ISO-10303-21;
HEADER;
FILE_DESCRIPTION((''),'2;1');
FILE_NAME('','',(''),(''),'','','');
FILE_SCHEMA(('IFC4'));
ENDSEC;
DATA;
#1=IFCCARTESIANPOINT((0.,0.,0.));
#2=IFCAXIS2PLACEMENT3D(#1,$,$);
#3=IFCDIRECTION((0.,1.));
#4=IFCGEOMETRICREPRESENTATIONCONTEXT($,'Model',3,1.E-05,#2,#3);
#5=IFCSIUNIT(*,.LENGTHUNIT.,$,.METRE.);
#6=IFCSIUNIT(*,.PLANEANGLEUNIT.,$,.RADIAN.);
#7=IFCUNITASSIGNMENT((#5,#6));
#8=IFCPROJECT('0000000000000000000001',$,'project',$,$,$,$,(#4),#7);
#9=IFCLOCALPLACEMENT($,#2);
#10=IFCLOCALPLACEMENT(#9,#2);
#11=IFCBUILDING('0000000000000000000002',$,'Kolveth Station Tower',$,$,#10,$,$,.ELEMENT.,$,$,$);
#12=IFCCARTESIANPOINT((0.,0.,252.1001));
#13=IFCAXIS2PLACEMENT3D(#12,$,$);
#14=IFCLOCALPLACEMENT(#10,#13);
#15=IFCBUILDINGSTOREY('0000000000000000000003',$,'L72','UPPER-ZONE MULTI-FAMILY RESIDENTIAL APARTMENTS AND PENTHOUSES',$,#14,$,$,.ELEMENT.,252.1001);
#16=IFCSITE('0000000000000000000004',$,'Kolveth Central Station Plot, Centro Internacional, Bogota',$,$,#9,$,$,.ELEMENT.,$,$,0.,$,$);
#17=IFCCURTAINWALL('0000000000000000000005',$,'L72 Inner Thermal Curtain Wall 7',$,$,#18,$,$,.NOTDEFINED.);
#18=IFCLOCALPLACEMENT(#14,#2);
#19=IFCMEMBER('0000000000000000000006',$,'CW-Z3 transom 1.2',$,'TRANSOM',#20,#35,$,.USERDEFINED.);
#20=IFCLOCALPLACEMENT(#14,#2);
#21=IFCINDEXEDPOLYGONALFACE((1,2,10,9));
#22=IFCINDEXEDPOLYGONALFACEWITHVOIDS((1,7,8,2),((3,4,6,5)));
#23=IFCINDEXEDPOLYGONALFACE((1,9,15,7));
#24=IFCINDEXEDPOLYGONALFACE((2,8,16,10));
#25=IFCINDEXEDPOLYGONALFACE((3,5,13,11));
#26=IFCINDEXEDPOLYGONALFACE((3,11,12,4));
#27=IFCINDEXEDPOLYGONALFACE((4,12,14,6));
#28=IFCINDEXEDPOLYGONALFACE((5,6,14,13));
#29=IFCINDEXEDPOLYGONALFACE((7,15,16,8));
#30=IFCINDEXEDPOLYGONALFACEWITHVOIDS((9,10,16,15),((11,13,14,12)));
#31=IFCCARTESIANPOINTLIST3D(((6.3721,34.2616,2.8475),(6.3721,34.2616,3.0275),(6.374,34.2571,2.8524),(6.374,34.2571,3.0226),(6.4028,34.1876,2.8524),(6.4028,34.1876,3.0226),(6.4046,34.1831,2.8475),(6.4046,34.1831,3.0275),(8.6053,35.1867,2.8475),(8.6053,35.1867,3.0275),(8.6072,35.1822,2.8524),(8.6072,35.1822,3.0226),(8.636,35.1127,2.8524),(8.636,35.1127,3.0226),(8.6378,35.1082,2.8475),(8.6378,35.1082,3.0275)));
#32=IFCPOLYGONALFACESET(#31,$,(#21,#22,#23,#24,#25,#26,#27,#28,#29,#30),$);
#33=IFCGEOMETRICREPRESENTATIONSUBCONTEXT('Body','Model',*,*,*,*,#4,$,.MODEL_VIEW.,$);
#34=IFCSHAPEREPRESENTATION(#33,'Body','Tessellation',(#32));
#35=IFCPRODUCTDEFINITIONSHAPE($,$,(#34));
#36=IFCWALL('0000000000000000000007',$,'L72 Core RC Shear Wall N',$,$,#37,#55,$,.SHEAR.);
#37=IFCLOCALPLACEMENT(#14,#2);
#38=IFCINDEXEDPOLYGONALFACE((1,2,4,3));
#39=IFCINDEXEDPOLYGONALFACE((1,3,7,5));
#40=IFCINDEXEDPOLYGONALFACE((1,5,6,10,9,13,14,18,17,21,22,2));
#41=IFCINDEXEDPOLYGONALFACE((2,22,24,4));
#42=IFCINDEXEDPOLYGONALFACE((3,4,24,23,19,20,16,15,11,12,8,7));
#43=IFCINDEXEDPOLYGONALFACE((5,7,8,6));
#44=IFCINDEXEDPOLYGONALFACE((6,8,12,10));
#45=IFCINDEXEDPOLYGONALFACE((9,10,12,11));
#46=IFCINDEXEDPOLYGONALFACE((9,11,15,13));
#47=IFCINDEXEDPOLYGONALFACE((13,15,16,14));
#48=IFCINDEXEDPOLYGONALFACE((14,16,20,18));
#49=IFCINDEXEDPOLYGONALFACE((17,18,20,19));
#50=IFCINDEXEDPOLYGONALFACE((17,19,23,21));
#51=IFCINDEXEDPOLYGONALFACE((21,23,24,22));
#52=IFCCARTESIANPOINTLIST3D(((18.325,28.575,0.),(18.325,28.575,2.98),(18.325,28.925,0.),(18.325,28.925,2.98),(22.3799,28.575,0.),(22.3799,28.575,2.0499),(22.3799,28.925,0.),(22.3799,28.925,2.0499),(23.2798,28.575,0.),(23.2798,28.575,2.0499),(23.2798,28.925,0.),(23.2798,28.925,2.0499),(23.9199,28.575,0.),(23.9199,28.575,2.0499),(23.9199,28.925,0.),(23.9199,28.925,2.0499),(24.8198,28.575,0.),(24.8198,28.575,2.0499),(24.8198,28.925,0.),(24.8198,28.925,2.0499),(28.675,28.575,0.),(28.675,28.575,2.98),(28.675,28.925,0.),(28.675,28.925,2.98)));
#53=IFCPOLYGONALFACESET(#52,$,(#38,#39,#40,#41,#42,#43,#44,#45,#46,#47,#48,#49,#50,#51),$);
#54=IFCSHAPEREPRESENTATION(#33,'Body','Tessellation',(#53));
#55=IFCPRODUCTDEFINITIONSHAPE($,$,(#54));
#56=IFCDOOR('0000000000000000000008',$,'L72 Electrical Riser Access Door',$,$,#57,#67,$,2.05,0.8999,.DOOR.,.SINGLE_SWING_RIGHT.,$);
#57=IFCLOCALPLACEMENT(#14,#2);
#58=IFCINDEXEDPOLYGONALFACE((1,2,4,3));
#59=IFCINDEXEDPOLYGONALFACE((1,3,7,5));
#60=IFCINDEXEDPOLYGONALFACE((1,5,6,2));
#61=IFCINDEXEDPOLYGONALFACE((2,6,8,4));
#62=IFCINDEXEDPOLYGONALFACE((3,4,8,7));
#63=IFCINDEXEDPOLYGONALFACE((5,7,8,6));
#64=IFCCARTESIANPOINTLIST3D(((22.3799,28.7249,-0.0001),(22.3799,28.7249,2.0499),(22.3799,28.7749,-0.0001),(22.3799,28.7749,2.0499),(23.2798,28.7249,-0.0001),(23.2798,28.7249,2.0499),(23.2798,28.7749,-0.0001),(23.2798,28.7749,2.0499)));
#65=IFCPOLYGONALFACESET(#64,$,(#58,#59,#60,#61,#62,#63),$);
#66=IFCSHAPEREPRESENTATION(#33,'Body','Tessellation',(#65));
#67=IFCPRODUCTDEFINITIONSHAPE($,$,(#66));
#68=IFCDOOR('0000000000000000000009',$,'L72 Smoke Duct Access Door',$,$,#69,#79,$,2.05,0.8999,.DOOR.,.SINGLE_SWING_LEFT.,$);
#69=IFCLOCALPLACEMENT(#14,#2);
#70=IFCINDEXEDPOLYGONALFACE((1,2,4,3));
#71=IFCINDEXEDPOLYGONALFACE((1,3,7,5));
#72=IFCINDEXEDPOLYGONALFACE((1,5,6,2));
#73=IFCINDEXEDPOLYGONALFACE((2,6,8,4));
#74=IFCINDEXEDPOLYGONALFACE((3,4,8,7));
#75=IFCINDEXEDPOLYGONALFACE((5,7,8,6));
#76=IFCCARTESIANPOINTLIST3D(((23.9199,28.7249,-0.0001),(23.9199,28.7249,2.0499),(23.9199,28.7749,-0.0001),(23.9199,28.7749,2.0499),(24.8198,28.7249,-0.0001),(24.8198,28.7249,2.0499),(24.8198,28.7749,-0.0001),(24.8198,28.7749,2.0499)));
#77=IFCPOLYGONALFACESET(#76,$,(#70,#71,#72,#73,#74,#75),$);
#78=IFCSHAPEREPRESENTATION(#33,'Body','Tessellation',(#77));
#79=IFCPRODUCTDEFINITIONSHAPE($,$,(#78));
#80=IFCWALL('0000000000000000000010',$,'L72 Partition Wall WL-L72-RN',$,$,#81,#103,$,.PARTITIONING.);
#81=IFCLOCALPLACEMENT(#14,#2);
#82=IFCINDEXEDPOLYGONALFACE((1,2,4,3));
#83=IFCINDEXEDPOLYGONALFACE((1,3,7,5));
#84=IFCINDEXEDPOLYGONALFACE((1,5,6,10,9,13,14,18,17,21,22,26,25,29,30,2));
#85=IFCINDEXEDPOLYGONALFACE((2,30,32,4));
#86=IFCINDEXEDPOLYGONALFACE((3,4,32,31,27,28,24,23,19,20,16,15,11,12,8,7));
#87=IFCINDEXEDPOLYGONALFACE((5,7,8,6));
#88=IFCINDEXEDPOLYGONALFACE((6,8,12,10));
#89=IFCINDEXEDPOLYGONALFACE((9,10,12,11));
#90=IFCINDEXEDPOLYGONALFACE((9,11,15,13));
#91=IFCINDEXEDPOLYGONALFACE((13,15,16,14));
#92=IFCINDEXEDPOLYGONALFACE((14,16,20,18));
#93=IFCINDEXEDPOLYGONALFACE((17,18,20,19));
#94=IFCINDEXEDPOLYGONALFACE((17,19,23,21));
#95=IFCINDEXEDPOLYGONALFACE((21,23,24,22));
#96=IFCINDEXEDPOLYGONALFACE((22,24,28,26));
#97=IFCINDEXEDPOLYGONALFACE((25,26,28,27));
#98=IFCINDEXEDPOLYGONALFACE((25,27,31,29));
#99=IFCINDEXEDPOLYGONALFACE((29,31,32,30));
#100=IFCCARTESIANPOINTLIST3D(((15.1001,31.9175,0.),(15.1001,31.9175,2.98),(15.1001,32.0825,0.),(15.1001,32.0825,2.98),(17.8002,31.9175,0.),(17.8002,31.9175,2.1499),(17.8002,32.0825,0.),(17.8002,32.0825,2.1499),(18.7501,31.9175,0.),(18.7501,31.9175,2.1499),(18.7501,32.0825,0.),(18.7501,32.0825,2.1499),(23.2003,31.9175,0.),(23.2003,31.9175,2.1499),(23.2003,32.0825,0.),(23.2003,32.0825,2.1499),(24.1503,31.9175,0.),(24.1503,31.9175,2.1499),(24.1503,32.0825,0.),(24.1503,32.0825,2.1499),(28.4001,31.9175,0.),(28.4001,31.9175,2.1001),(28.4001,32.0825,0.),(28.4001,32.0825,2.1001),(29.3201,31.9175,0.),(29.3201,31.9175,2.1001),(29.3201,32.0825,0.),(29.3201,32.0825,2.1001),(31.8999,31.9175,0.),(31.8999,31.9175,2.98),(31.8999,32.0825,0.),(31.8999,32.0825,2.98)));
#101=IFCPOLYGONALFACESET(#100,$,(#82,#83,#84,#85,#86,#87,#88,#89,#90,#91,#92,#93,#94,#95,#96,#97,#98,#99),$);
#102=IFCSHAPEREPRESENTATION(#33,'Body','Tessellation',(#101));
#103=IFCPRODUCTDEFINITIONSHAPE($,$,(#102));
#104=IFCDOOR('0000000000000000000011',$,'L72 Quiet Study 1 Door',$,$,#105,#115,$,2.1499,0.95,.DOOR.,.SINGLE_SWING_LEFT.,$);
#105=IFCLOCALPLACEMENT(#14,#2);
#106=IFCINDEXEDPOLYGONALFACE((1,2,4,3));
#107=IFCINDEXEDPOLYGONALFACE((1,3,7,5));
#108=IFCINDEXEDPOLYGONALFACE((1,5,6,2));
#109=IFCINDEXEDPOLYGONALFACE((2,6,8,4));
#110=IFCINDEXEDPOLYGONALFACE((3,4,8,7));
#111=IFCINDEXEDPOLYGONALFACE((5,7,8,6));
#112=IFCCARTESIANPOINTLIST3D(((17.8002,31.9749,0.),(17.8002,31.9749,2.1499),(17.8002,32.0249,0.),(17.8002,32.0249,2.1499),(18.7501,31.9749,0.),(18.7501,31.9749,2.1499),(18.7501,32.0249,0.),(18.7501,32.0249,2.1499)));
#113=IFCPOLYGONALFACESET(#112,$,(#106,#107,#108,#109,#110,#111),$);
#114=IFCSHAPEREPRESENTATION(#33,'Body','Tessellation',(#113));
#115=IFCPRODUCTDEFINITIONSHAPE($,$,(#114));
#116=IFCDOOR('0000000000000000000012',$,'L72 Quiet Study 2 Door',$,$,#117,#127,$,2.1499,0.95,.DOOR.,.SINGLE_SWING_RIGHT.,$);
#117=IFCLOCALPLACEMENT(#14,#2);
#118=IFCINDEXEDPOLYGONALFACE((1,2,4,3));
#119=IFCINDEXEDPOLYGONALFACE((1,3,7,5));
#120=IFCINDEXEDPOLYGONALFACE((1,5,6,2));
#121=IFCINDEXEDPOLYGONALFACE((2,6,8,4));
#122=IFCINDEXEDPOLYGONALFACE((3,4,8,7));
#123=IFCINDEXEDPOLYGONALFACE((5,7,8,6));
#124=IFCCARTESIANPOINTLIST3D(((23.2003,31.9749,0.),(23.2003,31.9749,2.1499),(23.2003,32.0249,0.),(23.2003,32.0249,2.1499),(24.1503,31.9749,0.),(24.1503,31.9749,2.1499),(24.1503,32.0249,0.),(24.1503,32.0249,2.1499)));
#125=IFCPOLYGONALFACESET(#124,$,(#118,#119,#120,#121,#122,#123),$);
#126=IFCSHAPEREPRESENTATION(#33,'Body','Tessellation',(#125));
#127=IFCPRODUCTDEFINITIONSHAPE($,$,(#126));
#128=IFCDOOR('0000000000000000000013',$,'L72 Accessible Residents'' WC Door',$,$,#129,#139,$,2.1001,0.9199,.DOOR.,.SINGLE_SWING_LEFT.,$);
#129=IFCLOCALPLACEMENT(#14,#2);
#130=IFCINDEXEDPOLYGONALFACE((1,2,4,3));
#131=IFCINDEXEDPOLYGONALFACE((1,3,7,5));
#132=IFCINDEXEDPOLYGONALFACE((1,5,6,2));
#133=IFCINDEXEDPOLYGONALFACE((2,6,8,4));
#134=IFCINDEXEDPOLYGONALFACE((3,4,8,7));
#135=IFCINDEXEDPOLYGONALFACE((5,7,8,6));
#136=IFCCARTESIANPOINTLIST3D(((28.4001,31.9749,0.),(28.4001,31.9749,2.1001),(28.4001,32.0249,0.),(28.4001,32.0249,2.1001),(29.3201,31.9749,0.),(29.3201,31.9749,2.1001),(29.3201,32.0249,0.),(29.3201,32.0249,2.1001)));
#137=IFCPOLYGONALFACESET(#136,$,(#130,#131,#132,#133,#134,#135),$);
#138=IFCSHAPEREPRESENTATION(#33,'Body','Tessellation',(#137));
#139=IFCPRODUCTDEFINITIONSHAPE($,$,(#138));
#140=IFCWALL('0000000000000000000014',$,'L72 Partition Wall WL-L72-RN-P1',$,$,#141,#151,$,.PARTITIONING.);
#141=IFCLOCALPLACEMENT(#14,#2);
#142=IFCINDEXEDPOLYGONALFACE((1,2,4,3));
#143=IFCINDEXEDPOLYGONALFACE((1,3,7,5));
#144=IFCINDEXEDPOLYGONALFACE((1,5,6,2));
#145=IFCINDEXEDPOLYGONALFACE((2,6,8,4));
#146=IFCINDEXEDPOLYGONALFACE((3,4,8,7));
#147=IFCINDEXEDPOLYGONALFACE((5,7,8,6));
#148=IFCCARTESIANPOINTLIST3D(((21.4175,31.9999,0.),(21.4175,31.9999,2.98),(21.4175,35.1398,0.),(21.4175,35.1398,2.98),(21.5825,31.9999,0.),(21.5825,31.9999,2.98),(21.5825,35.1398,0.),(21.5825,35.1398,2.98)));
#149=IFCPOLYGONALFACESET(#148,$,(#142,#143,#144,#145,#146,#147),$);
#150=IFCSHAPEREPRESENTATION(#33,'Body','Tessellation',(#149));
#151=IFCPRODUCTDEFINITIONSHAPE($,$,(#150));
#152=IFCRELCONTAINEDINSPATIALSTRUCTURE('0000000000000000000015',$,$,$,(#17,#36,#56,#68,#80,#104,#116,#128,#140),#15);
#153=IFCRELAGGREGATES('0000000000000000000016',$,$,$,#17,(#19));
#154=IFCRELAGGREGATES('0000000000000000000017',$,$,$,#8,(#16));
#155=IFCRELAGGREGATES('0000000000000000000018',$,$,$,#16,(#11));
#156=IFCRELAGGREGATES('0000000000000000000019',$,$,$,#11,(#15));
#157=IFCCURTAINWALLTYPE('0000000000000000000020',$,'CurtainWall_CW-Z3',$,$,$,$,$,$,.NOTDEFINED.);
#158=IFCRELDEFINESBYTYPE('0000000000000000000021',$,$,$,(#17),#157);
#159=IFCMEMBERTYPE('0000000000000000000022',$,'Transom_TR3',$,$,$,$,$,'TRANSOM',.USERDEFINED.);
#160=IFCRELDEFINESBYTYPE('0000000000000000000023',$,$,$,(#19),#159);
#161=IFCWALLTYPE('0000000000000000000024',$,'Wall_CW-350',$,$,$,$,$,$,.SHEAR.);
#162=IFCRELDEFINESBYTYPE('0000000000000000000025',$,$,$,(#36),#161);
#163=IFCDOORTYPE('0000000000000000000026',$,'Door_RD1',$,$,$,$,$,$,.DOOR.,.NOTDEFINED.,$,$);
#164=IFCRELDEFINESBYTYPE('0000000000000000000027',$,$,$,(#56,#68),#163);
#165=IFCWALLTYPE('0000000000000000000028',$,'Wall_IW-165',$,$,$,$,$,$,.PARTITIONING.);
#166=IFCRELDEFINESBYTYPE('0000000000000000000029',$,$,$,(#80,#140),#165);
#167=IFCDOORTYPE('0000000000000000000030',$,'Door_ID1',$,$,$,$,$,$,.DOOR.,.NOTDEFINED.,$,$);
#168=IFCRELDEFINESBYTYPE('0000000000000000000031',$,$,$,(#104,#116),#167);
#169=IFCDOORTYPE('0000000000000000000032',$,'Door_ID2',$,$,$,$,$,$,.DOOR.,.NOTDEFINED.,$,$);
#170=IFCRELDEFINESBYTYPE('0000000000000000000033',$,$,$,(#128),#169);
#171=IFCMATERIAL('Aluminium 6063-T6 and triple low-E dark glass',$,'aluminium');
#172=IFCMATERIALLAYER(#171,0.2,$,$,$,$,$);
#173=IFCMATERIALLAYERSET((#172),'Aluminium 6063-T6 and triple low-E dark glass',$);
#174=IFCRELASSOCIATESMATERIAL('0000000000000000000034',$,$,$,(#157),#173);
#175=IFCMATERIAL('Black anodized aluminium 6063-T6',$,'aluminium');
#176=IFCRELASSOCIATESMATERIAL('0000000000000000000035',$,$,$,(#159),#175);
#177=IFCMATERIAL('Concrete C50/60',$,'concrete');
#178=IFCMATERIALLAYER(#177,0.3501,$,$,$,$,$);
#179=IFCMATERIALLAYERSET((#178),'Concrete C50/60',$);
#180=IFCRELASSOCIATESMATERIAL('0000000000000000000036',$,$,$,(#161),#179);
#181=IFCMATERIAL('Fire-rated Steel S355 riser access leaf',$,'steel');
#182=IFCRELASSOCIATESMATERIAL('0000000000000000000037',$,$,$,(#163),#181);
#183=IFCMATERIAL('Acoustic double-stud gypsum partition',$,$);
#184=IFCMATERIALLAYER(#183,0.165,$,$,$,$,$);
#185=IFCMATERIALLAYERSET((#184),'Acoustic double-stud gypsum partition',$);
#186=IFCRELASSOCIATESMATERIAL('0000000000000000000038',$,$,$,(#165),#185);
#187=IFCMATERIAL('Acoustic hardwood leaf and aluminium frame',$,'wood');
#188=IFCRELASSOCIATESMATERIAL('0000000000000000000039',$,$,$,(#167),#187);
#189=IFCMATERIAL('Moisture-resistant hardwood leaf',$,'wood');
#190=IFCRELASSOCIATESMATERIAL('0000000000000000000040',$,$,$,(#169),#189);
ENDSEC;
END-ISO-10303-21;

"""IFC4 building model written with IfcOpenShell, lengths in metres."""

from ifc_helpers import new_model, si_unit, direction, frame, frame_2d, origin, origin_2d, place, context, subcontext, project, spatial, rectangle, hollow_rectangle, extrude, source, transform, mapped, material, layer, layer_set, material_profile, profile_set, type_object, element, fill, aggregate, save


model = new_model("IFC4")

# Units and contexts
model_context = context("Model", 3, precision=1e-05, world=origin(), true_north=direction((0.0, 1.0)))
body_context = subcontext(model_context, "Body", "Model", "MODEL_VIEW")
ifc_project = project(units=[si_unit("LENGTHUNIT", "METRE"), si_unit("PLANEANGLEUNIT", "RADIAN")], contexts=[model_context])

# Site, building, storey
site_placement = place(None, origin())
site = spatial("IfcSite", under=ifc_project, at=site_placement, Name="Kolveth Central Station Plot, Centro Internacional, Bogota", CompositionType="ELEMENT", RefElevation=0.0)
building_placement = place(site_placement, origin())
building = spatial("IfcBuilding", under=site, at=building_placement, Name="Kolveth Station Tower", CompositionType="ELEMENT")
storey_placement = place(building_placement, frame((0.0, 0.0, 252.1001)))
storey = spatial("IfcBuildingStorey", under=building, at=storey_placement, Name="L72", Description="UPPER-ZONE MULTI-FAMILY RESIDENTIAL APARTMENTS AND PENTHOUSES", CompositionType="ELEMENT", Elevation=252.1001)

# Shared definitions
ifc_material_1 = material(Name="Black anodized aluminium 6063-T6", Category="aluminium")
ifc_material_2 = material(Name="Aluminium 6063-T6 and triple low-E dark glass", Category="aluminium")
ifc_layer_1 = layer(ifc_material_2, 0.2)
ifc_layer_set_1 = layer_set([ifc_layer_1], Name="Aluminium 6063-T6 and triple low-E dark glass")
curtain_wall_type_1 = type_object("IfcCurtainWallType", Name="CurtainWall_CW-Z3", PredefinedType="NOTDEFINED", material=ifc_layer_set_1)

# Curtain wall, member
curtain_wall_1_placement = place(storey_placement, origin())
curtain_wall_1 = element("IfcCurtainWall", 1, at=curtain_wall_1_placement, inside=storey, type_object=curtain_wall_type_1, Name="L72 Inner Thermal Curtain Wall 7", PredefinedType="NOTDEFINED")
ifc_material_profile_1 = material_profile(ifc_material_1, hollow_rectangle(XDim=0.085, YDim=0.1799, WallThickness=0.0049, at=origin_2d()), Name="ALU-85x180x5")
ifc_profile_set_1 = profile_set([ifc_material_profile_1], Name="Black anodized aluminium 6063-T6")
member_type_1 = type_object("IfcMemberType", Name="Transom_TR3", ElementType="TRANSOM", PredefinedType="USERDEFINED", material=ifc_profile_set_1)
shared_shape_1 = source(origin(), body_context, "Body", "SweptSolid", [
    extrude(hollow_rectangle(XDim=0.085, YDim=0.1799, WallThickness=0.0049, at=origin_2d()), origin(), (0.0, 0.0, 1.0), 2.4172),
])
member_1_placement = place(storey_placement, frame((8.6216, 35.1475, 2.9375), z_axis=(-0.923873, -0.3827, 0.0), x_axis=(0.3827, -0.923873, 0.0)))
member_1 = element("IfcMember", 2, at=member_1_placement, type_object=member_type_1, Name="CW-Z3 transom 1.2", ObjectType="TRANSOM", PredefinedType="USERDEFINED", context=body_context, shape_type="MappedRepresentation", body=[
    mapped(shared_shape_1, transform((0.0, 0.0, 0.0), x_axis=(1.0, 0.0, 0.0), y_axis=(0.0, 1.0, 0.0), z_axis=(0.0, 0.0, 1.0), scale=1.0)),
])
aggregate(curtain_wall_1, [member_1])

# Walls, openings, doors
ifc_material_3 = material(Name="Concrete C50/60", Category="concrete")
ifc_layer_2 = layer(ifc_material_3, 0.3501)
ifc_layer_set_2 = layer_set([ifc_layer_2], Name="Concrete C50/60")
wall_type_1 = type_object("IfcWallType", Name="Wall_CW-350", PredefinedType="SHEAR", material=ifc_layer_set_2)
wall_1_placement = place(storey_placement, frame((18.325, 28.75, 0.0), z_axis=(0.0, 0.0, 1.0), x_axis=(1.0, 0.0, 0.0)))
wall_1 = element("IfcWall", 3, at=wall_1_placement, inside=storey, type_object=wall_type_1, Name="L72 Core RC Shear Wall N", PredefinedType="SHEAR", context=body_context, shape_type="SweptSolid", body=[
    extrude(rectangle(XDim=10.3501, YDim=0.3501, at=frame_2d((5.175, 0.0))), origin(), (0.0, 0.0, 1.0), 2.98),
])
opening_1_placement = place(wall_1_placement, frame((4.0549, 0.0, 0.0)))
opening_1 = element("IfcOpeningElement", 4, at=opening_1_placement, cuts=wall_1, PredefinedType="OPENING", context=body_context, shape_type="SweptSolid", body=[
    extrude(rectangle(XDim=0.8999, YDim=2.05, at=frame_2d((0.45, 1.0249))), frame((0.0, 0.1851, 0.0), z_axis=(0.0, -1.0, 0.0), x_axis=(1.0, 0.0, 0.0)), (0.0, 0.0, 1.0), 0.3701),
])
opening_2_placement = place(wall_1_placement, frame((5.595, 0.0, 0.0)))
opening_2 = element("IfcOpeningElement", 5, at=opening_2_placement, cuts=wall_1, PredefinedType="OPENING", context=body_context, shape_type="SweptSolid", body=[
    extrude(rectangle(XDim=0.8999, YDim=2.05, at=frame_2d((0.45, 1.0249))), frame((0.0, 0.1851, 0.0), z_axis=(0.0, -1.0, 0.0), x_axis=(1.0, 0.0, 0.0)), (0.0, 0.0, 1.0), 0.3701),
])
ifc_material_4 = material(Name="Fire-rated Steel S355 riser access leaf", Category="steel")
door_type_1 = type_object("IfcDoorType", Name="Door_RD1", OperationType="NOTDEFINED", PredefinedType="DOOR", material=ifc_material_4)
door_1_placement = place(opening_1_placement, origin())
door_1 = element("IfcDoor", 6, at=door_1_placement, inside=storey, type_object=door_type_1, Name="L72 Electrical Riser Access Door", OperationType="SINGLE_SWING_RIGHT", OverallHeight=2.05, OverallWidth=0.8999, PredefinedType="DOOR", context=body_context, shape_type="SweptSolid", body=[
    extrude(rectangle(XDim=0.8999, YDim=2.05, at=frame_2d((0.45, 1.0249))), frame((0.0, 0.0249, 0.0), z_axis=(0.0, -1.0, 0.0), x_axis=(1.0, 0.0, 0.0)), (0.0, 0.0, 1.0), 0.05),
])
fill(opening_1, door_1)
door_2_placement = place(opening_2_placement, origin())
door_2 = element("IfcDoor", 7, at=door_2_placement, inside=storey, type_object=door_type_1, Name="L72 Smoke Duct Access Door", OperationType="SINGLE_SWING_LEFT", OverallHeight=2.05, OverallWidth=0.8999, PredefinedType="DOOR", context=body_context, shape_type="SweptSolid", body=[
    extrude(rectangle(XDim=0.8999, YDim=2.05, at=frame_2d((0.45, 1.0249))), frame((0.0, 0.0249, 0.0), z_axis=(0.0, -1.0, 0.0), x_axis=(1.0, 0.0, 0.0)), (0.0, 0.0, 1.0), 0.05),
])
fill(opening_2, door_2)
ifc_material_5 = material(Name="Acoustic double-stud gypsum partition")
ifc_layer_3 = layer(ifc_material_5, 0.165)
ifc_layer_set_3 = layer_set([ifc_layer_3], Name="Acoustic double-stud gypsum partition")
wall_type_2 = type_object("IfcWallType", Name="Wall_IW-165", PredefinedType="PARTITIONING", material=ifc_layer_set_3)
wall_2_placement = place(storey_placement, frame((15.1001, 32.0, 0.0), z_axis=(0.0, 0.0, 1.0), x_axis=(1.0, 0.0, 0.0)))
wall_2 = element("IfcWall", 8, at=wall_2_placement, inside=storey, type_object=wall_type_2, Name="L72 Partition Wall WL-L72-RN", PredefinedType="PARTITIONING", context=body_context, shape_type="SweptSolid", body=[
    extrude(rectangle(XDim=16.7998, YDim=0.165, at=frame_2d((8.3999, 0.0))), origin(), (0.0, 0.0, 1.0), 2.98),
])
opening_3_placement = place(wall_2_placement, frame((2.7, 0.0, 0.0)))
opening_3 = element("IfcOpeningElement", 9, at=opening_3_placement, cuts=wall_2, PredefinedType="OPENING", context=body_context, shape_type="SweptSolid", body=[
    extrude(rectangle(XDim=0.95, YDim=2.1499, at=frame_2d((0.4751, 1.075))), frame((0.0, 0.0925, 0.0), z_axis=(0.0, -1.0, 0.0), x_axis=(1.0, 0.0, 0.0)), (0.0, 0.0, 1.0), 0.1851),
])
opening_4_placement = place(wall_2_placement, frame((8.1001, 0.0, 0.0)))
opening_4 = element("IfcOpeningElement", 10, at=opening_4_placement, cuts=wall_2, PredefinedType="OPENING", context=body_context, shape_type="SweptSolid", body=[
    extrude(rectangle(XDim=0.95, YDim=2.1499, at=frame_2d((0.4751, 1.075))), frame((0.0, 0.0925, 0.0), z_axis=(0.0, -1.0, 0.0), x_axis=(1.0, 0.0, 0.0)), (0.0, 0.0, 1.0), 0.1851),
])
opening_5_placement = place(wall_2_placement, frame((13.3, 0.0, 0.0)))
opening_5 = element("IfcOpeningElement", 11, at=opening_5_placement, cuts=wall_2, PredefinedType="OPENING", context=body_context, shape_type="SweptSolid", body=[
    extrude(rectangle(XDim=0.9199, YDim=2.1001, at=frame_2d((0.46, 1.05))), frame((0.0, 0.0925, 0.0), z_axis=(0.0, -1.0, 0.0), x_axis=(1.0, 0.0, 0.0)), (0.0, 0.0, 1.0), 0.1851),
])
ifc_material_6 = material(Name="Acoustic hardwood leaf and aluminium frame", Category="wood")
door_type_2 = type_object("IfcDoorType", Name="Door_ID1", OperationType="NOTDEFINED", PredefinedType="DOOR", material=ifc_material_6)
door_3_placement = place(opening_3_placement, origin())
door_3 = element("IfcDoor", 12, at=door_3_placement, inside=storey, type_object=door_type_2, Name="L72 Quiet Study 1 Door", OperationType="SINGLE_SWING_LEFT", OverallHeight=2.1499, OverallWidth=0.95, PredefinedType="DOOR", context=body_context, shape_type="SweptSolid", body=[
    extrude(rectangle(XDim=0.95, YDim=2.1499, at=frame_2d((0.4751, 1.075))), frame((0.0, 0.0249, 0.0), z_axis=(0.0, -1.0, 0.0), x_axis=(1.0, 0.0, 0.0)), (0.0, 0.0, 1.0), 0.05),
])
fill(opening_3, door_3)
door_4_placement = place(opening_4_placement, origin())
door_4 = element("IfcDoor", 13, at=door_4_placement, inside=storey, type_object=door_type_2, Name="L72 Quiet Study 2 Door", OperationType="SINGLE_SWING_RIGHT", OverallHeight=2.1499, OverallWidth=0.95, PredefinedType="DOOR", context=body_context, shape_type="SweptSolid", body=[
    extrude(rectangle(XDim=0.95, YDim=2.1499, at=frame_2d((0.4751, 1.075))), frame((0.0, 0.0249, 0.0), z_axis=(0.0, -1.0, 0.0), x_axis=(1.0, 0.0, 0.0)), (0.0, 0.0, 1.0), 0.05),
])
fill(opening_4, door_4)
ifc_material_7 = material(Name="Moisture-resistant hardwood leaf", Category="wood")
door_type_3 = type_object("IfcDoorType", Name="Door_ID2", OperationType="NOTDEFINED", PredefinedType="DOOR", material=ifc_material_7)
door_5_placement = place(opening_5_placement, origin())
door_5 = element("IfcDoor", 14, at=door_5_placement, inside=storey, type_object=door_type_3, Name="L72 Accessible Residents' WC Door", OperationType="SINGLE_SWING_LEFT", OverallHeight=2.1001, OverallWidth=0.9199, PredefinedType="DOOR", context=body_context, shape_type="SweptSolid", body=[
    extrude(rectangle(XDim=0.9199, YDim=2.1001, at=frame_2d((0.46, 1.05))), frame((0.0, 0.0249, 0.0), z_axis=(0.0, -1.0, 0.0), x_axis=(1.0, 0.0, 0.0)), (0.0, 0.0, 1.0), 0.05),
])
fill(opening_5, door_5)

# Wall
wall_3_placement = place(storey_placement, frame((21.5, 32.0, 0.0), z_axis=(0.0, 0.0, 1.0), x_axis=(0.0, 1.0, 0.0)))
element("IfcWall", 15, at=wall_3_placement, inside=storey, type_object=wall_type_2, Name="L72 Partition Wall WL-L72-RN-P1", PredefinedType="PARTITIONING", context=body_context, shape_type="SweptSolid", body=[
    extrude(rectangle(XDim=3.1399, YDim=0.165, at=frame_2d((1.5698, 0.0))), origin(), (0.0, 0.0, 1.0), 2.98),
])

save(model, "model.ifc")
